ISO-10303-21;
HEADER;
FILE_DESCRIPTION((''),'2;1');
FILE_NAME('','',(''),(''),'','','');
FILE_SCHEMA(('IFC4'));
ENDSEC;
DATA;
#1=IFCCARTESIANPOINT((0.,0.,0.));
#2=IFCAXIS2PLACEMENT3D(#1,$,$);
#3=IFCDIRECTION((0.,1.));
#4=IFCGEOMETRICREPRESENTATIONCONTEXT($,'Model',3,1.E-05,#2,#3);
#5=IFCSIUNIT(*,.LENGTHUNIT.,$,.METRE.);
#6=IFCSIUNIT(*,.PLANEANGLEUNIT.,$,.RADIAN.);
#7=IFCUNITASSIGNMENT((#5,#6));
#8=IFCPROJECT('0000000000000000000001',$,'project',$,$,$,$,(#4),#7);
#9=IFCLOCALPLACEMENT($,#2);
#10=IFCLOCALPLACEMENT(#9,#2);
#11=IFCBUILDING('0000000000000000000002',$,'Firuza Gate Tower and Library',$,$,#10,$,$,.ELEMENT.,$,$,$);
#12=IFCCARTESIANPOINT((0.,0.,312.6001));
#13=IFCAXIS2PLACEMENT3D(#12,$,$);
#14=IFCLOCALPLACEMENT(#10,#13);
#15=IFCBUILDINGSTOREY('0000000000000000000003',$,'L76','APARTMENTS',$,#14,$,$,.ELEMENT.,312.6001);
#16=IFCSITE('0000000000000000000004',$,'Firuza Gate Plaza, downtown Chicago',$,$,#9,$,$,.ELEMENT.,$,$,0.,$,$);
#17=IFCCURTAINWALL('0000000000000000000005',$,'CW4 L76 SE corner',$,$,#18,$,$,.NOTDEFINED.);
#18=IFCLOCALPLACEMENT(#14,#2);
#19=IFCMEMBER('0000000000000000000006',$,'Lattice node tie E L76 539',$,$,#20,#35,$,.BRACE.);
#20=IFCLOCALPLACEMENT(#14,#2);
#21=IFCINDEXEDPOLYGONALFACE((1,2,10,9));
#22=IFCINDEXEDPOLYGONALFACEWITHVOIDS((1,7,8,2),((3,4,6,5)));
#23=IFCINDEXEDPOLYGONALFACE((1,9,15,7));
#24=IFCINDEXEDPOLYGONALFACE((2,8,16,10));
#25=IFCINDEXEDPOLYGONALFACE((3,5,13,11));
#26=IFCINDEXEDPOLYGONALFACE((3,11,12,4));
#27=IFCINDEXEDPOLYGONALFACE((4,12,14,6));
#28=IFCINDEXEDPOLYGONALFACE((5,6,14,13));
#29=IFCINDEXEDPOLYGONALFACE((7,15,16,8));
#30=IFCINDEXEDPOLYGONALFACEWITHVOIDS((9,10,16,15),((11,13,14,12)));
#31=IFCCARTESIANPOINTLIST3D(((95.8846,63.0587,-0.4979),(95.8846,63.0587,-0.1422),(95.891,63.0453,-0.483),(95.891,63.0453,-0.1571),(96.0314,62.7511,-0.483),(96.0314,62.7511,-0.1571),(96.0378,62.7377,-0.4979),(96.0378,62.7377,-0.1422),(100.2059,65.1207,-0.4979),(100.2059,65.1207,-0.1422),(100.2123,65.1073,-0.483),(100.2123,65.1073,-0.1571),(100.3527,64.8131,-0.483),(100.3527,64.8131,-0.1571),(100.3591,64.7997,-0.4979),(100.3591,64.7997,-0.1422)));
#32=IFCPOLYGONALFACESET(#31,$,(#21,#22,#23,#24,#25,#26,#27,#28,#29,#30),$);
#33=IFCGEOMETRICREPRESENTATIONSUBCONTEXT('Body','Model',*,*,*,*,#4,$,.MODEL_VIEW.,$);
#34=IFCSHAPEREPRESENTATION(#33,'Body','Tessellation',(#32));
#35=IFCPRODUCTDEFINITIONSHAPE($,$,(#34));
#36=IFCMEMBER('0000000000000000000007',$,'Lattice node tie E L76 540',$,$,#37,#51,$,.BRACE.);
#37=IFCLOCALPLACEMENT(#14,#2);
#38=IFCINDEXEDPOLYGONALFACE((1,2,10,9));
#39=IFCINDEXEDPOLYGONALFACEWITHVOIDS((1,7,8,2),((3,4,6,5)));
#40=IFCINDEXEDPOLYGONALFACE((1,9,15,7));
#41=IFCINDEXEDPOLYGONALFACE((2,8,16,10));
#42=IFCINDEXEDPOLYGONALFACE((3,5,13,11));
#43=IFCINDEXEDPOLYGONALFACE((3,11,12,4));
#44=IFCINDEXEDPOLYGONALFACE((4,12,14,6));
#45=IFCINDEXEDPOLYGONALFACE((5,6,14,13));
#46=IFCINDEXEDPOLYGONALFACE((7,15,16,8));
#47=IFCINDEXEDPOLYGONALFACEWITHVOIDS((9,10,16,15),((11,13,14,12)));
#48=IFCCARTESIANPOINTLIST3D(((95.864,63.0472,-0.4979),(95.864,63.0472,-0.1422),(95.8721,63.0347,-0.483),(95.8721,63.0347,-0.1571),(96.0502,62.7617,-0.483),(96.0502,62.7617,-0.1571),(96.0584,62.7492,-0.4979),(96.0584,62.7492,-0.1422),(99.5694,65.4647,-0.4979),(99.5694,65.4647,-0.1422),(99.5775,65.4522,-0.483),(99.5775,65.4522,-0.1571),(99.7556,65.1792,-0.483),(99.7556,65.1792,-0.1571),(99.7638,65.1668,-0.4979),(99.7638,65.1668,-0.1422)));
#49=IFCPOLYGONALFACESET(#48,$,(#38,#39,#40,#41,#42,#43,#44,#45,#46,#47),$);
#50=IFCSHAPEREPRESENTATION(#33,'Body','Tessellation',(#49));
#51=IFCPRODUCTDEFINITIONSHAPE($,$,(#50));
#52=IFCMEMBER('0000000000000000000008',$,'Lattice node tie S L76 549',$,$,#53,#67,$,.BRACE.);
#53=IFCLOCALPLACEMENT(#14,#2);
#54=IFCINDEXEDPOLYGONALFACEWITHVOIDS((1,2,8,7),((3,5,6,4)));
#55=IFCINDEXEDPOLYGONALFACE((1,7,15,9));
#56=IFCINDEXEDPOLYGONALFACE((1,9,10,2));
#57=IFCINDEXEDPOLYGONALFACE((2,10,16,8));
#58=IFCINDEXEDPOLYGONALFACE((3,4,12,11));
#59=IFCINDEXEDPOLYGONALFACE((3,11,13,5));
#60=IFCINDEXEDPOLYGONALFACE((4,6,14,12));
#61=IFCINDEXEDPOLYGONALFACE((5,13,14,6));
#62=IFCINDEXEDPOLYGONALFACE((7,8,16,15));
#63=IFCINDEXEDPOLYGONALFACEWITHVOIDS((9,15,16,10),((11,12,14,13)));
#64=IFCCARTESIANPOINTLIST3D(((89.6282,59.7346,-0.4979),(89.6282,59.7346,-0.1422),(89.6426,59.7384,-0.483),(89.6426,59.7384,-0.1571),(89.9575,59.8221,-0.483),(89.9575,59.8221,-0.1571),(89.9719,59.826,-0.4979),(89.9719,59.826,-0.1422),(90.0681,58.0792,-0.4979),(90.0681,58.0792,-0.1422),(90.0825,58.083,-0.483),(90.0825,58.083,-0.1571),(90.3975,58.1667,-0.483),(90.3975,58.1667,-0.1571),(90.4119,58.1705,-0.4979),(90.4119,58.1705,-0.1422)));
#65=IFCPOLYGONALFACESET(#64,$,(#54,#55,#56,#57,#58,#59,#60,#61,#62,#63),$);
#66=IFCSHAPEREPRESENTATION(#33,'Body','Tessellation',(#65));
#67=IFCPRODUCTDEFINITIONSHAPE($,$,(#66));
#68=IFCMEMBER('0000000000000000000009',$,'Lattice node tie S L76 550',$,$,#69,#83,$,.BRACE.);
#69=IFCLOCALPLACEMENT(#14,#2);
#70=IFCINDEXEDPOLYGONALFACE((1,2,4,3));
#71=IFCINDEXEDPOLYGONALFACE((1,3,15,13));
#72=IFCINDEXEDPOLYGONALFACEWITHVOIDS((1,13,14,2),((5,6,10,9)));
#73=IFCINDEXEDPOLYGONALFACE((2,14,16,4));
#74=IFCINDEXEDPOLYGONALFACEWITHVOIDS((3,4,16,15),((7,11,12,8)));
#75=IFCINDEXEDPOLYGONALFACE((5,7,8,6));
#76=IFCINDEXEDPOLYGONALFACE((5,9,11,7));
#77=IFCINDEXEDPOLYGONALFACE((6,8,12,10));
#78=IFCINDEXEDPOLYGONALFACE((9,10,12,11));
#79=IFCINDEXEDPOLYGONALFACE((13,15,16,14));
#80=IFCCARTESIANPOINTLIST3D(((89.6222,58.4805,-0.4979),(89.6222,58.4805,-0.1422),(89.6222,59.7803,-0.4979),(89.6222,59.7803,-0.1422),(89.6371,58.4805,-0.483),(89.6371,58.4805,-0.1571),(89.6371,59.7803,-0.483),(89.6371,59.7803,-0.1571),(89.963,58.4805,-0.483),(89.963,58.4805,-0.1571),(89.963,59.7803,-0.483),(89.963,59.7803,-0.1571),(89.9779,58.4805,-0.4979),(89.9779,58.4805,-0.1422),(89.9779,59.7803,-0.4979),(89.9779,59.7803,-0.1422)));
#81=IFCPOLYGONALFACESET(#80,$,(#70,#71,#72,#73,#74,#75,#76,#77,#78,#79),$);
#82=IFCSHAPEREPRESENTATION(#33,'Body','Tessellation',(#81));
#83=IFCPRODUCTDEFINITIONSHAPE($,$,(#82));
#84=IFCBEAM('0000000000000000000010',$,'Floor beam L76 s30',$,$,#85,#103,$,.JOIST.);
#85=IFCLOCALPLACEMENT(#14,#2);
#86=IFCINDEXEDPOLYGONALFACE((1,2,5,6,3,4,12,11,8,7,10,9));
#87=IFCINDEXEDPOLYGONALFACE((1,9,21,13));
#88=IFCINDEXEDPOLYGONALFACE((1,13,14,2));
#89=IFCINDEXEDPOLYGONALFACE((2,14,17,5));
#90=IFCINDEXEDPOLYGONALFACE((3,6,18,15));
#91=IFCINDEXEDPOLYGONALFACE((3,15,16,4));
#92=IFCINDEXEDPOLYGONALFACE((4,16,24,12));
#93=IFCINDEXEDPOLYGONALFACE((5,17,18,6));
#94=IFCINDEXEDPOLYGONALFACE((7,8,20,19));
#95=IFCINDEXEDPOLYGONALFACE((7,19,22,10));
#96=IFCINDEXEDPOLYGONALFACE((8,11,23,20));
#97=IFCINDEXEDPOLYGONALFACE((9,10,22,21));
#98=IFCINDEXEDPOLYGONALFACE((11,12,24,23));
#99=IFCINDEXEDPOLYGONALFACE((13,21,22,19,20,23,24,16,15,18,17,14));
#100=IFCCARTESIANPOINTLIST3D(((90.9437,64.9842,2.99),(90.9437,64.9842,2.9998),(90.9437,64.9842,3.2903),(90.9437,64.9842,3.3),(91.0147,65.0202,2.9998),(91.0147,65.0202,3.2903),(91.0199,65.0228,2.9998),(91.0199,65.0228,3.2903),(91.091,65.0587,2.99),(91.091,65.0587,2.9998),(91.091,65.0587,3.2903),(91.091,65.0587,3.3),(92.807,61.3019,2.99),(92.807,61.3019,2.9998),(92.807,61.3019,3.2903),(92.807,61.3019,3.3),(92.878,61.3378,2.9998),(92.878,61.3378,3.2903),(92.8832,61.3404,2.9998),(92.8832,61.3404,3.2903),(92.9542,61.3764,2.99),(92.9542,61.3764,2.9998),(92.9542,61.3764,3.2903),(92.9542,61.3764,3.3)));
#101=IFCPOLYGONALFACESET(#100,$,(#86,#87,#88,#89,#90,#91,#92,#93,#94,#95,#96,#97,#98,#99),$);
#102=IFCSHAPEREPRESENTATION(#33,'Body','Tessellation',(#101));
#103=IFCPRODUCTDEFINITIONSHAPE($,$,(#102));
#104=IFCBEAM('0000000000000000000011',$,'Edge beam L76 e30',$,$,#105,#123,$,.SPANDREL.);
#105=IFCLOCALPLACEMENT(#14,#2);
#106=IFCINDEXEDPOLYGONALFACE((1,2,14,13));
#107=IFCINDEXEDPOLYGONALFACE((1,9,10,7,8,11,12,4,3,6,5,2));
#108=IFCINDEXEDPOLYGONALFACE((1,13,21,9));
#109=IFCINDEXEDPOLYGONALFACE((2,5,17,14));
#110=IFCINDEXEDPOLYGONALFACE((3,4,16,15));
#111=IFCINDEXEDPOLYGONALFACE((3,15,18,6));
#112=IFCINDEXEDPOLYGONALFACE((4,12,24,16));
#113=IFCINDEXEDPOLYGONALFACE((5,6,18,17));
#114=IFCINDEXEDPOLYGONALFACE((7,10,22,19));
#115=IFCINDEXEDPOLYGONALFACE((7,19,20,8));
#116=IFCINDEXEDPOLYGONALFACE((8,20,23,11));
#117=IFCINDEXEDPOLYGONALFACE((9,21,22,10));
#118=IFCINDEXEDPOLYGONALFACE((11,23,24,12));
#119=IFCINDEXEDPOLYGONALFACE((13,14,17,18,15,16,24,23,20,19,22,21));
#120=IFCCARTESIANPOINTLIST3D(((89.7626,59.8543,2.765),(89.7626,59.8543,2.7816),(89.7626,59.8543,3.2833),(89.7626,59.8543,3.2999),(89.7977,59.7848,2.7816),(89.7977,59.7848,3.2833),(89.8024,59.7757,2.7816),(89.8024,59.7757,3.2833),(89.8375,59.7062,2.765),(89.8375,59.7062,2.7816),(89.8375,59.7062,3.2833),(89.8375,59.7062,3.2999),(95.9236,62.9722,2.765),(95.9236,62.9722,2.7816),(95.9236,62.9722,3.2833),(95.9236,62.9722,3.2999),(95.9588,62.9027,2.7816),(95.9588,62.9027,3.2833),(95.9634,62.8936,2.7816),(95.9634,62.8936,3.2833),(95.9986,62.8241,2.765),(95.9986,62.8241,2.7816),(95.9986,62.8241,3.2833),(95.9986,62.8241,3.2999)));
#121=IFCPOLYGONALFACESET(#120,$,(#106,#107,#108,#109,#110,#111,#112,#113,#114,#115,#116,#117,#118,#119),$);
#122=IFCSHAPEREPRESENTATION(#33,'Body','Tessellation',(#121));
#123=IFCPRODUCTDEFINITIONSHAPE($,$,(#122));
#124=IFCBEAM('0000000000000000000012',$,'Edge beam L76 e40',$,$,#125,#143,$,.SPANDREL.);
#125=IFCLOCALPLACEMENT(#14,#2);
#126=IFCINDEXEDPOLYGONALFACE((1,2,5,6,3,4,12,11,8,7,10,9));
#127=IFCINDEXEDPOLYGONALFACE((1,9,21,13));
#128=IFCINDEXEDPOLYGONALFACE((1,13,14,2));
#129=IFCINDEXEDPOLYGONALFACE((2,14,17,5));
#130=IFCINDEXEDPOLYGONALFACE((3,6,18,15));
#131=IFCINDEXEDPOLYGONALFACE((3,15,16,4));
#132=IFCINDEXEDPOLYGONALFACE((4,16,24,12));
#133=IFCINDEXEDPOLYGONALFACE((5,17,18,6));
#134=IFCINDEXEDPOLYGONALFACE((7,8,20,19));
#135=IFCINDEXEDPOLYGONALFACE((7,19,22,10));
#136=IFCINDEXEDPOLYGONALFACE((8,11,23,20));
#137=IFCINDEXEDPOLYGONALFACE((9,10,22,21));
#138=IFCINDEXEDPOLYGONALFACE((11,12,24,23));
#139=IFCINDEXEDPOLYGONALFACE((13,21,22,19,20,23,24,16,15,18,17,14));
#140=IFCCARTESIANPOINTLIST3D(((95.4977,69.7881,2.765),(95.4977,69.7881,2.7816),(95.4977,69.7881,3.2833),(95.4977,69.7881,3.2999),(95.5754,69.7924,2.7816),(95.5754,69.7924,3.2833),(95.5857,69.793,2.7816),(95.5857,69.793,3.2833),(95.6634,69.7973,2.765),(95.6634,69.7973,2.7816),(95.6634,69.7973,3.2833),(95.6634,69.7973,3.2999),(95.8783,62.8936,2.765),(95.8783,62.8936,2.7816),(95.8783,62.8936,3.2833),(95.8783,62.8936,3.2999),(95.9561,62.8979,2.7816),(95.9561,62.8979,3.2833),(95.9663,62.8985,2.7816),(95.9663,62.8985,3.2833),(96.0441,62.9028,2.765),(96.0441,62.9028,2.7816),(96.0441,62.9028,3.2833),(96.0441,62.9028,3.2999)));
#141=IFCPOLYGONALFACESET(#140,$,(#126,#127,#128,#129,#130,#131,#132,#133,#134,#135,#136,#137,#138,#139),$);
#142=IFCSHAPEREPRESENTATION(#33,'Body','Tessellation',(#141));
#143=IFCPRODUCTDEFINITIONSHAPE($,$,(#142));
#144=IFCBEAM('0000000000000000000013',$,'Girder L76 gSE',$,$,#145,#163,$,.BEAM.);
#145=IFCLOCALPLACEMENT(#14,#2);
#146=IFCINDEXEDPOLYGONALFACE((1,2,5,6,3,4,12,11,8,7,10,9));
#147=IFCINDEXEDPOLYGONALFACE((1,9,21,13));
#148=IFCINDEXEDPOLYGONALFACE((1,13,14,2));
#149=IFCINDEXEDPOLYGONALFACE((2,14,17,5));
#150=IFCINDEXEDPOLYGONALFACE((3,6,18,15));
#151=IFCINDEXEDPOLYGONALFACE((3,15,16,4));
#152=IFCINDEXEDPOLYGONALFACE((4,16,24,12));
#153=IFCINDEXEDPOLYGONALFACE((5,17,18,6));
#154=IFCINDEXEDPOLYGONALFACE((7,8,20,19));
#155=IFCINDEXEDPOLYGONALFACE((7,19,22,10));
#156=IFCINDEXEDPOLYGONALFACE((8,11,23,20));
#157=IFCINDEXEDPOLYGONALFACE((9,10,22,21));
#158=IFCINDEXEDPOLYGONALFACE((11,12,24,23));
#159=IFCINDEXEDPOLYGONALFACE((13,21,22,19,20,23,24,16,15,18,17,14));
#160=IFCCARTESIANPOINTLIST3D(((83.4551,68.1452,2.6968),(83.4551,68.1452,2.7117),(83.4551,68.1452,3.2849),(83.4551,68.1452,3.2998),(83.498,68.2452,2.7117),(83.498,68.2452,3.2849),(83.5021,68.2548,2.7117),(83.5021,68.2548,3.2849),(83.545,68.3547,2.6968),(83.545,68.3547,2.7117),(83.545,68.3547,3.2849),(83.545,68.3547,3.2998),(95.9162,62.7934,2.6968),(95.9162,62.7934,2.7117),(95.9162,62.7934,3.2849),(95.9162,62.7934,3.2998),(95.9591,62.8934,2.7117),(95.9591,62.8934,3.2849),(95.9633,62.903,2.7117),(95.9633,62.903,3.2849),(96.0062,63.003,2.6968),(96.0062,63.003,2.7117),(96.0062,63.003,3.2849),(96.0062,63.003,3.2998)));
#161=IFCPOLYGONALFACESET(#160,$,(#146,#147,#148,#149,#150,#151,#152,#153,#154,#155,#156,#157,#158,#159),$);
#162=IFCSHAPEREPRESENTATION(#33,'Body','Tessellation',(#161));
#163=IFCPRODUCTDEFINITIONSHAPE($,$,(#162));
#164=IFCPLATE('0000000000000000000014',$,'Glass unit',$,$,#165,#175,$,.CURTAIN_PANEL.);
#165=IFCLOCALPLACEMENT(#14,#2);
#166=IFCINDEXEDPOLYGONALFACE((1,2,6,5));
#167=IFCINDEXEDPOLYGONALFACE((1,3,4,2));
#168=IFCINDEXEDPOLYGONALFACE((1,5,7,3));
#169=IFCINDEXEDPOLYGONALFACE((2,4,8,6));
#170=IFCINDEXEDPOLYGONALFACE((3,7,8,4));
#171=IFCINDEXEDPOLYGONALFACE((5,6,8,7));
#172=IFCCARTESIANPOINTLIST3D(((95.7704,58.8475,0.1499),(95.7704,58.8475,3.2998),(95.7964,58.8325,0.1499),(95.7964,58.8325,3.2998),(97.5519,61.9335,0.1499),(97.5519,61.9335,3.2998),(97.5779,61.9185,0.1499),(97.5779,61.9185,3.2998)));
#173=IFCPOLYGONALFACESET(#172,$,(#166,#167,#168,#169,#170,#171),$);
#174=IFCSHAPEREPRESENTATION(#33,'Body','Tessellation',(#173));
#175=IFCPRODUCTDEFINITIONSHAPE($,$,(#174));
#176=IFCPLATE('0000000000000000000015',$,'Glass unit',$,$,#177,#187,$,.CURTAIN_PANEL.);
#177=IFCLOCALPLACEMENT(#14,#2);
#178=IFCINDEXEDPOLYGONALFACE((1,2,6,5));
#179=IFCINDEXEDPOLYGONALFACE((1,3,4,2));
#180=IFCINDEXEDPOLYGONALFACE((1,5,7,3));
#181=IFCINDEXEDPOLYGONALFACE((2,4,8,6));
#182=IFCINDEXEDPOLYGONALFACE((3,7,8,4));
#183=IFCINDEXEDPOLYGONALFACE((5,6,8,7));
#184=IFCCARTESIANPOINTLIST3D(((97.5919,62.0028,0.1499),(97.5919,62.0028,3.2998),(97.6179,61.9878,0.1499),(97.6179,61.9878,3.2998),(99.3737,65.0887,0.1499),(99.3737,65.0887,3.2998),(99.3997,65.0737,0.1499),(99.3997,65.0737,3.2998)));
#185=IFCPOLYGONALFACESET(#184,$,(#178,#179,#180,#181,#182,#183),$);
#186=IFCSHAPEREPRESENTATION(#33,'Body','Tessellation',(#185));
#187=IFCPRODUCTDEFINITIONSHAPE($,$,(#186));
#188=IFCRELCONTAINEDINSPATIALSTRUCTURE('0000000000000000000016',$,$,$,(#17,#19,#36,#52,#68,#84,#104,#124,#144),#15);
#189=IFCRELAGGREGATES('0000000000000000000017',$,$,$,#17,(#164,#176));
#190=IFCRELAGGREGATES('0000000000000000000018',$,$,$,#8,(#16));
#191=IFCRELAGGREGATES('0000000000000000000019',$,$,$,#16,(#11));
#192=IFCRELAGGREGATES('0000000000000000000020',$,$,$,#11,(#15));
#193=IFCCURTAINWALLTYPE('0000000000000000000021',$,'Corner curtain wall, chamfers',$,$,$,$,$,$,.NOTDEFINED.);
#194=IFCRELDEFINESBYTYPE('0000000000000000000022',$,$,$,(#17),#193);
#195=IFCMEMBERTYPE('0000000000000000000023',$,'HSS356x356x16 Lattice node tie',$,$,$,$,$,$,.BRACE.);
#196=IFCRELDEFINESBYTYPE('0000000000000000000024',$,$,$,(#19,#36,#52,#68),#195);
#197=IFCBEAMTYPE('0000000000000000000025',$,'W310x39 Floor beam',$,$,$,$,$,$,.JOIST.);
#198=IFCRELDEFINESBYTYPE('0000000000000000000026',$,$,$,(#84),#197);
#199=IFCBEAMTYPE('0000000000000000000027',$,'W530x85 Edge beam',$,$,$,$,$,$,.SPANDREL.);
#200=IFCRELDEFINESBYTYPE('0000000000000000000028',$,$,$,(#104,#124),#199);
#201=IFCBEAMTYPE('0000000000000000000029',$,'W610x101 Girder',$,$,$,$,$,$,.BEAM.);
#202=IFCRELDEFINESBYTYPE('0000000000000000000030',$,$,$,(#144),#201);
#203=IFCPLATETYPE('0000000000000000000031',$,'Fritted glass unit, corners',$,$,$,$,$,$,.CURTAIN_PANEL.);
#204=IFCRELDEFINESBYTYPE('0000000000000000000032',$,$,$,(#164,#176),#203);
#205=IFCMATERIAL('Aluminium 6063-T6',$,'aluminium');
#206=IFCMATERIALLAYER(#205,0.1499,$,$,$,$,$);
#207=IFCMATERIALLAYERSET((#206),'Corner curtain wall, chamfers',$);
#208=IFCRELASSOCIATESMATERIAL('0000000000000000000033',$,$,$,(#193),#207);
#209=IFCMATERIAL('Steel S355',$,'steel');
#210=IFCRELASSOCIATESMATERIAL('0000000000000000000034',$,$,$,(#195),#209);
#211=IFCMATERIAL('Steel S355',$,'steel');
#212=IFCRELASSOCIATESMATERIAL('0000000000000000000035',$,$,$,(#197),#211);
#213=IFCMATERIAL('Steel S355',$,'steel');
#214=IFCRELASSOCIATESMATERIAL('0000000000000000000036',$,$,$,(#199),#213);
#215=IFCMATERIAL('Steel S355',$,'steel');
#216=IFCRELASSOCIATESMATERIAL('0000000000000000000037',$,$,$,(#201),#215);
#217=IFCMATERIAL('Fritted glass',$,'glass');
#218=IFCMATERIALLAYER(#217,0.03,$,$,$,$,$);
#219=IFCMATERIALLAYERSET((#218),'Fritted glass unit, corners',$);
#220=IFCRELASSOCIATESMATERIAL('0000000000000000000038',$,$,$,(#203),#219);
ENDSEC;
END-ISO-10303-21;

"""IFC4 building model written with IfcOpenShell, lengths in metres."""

from ifc_helpers import new_model, si_unit, direction, frame, origin, origin_2d, place, context, subcontext, project, spatial, polyline, hollow_rectangle, i_section, outline, extrude, material, layer, layer_set, material_profile, profile_set, type_object, element, aggregate, save


model = new_model("IFC4")

# Units and contexts
model_context = context("Model", 3, precision=1e-05, world=origin(), true_north=direction((0.0, 1.0)))
body_context = subcontext(model_context, "Body", "Model", "MODEL_VIEW")
ifc_project = project(units=[si_unit("LENGTHUNIT", "METRE"), si_unit("PLANEANGLEUNIT", "RADIAN")], contexts=[model_context])

# Site, building, storey
site_placement = place(None, origin())
site = spatial("IfcSite", under=ifc_project, at=site_placement, Name="Firuza Gate Plaza, downtown Chicago", CompositionType="ELEMENT", RefElevation=0.0)
building_placement = place(site_placement, origin())
building = spatial("IfcBuilding", under=site, at=building_placement, Name="Firuza Gate Tower and Library", CompositionType="ELEMENT")
storey_placement = place(building_placement, frame((0.0, 0.0, 312.6001)))
storey = spatial("IfcBuildingStorey", under=building, at=storey_placement, Name="L76", Description="APARTMENTS", CompositionType="ELEMENT", Elevation=312.6001)

# Curtain wall
placement = place(storey_placement, origin())
ifc_material_1 = material(Name="Aluminium 6063-T6", Category="aluminium")
ifc_layer_1 = layer(ifc_material_1, 0.1499)
ifc_layer_set_1 = layer_set([ifc_layer_1], Name="Corner curtain wall, chamfers")
curtain_wall_type_1 = type_object("IfcCurtainWallType", Name="Corner curtain wall, chamfers", PredefinedType="NOTDEFINED", material=ifc_layer_set_1)
curtain_wall_1 = element("IfcCurtainWall", 1, at=placement, inside=storey, type_object=curtain_wall_type_1, Name="CW4 L76 SE corner", PredefinedType="NOTDEFINED")

# Members
ifc_material_2 = material(Name="Steel S355", Category="steel")
ifc_material_profile_1 = material_profile(ifc_material_2, hollow_rectangle(XDim=0.3557, YDim=0.3557, WallThickness=0.0149, at=origin_2d()))
ifc_profile_set_1 = profile_set([ifc_material_profile_1], Name="Steel S355")
member_type_1 = type_object("IfcMemberType", Name="HSS356x356x16 Lattice node tie", PredefinedType="BRACE", material=ifc_profile_set_1)
member_1_placement = place(storey_placement, frame((95.9612, 62.8982, -0.3201), z_axis=(0.902515, 0.430658, 0.0), x_axis=(-0.430658, 0.902515, 0.0)))
element("IfcMember", 2, at=member_1_placement, inside=storey, type_object=member_type_1, Name="Lattice node tie E L76 539", PredefinedType="BRACE", context=body_context, shape_type="SweptSolid", body=[
    extrude(hollow_rectangle(XDim=0.3557, YDim=0.3557, WallThickness=0.0149, at=origin_2d()), origin(), (0.0, 0.0, 1.0), 4.7881),
])
member_2_placement = place(storey_placement, frame((95.9612, 62.8982, -0.3201), z_axis=(0.837511, 0.546421, 0.0), x_axis=(-0.546421, 0.837511, 0.0)))
element("IfcMember", 3, at=member_2_placement, inside=storey, type_object=member_type_1, Name="Lattice node tie E L76 540", PredefinedType="BRACE", context=body_context, shape_type="SweptSolid", body=[
    extrude(hollow_rectangle(XDim=0.3557, YDim=0.3557, WallThickness=0.0149, at=origin_2d()), origin(), (0.0, 0.0, 1.0), 4.4243),
])
member_3_placement = place(storey_placement, frame((89.8, 59.7803, -0.3201), z_axis=(0.256829, -0.966457, 0.0), x_axis=(0.966457, 0.256829, 0.0)))
element("IfcMember", 4, at=member_3_placement, inside=storey, type_object=member_type_1, Name="Lattice node tie S L76 549", PredefinedType="BRACE", context=body_context, shape_type="SweptSolid", body=[
    extrude(hollow_rectangle(XDim=0.3557, YDim=0.3557, WallThickness=0.0149, at=origin_2d()), origin(), (0.0, 0.0, 1.0), 1.7129),
])
member_4_placement = place(storey_placement, frame((89.8, 59.7803, -0.3201), z_axis=(0.0, -1.0, 0.0), x_axis=(1.0, 0.0, 0.0)))
element("IfcMember", 5, at=member_4_placement, inside=storey, type_object=member_type_1, Name="Lattice node tie S L76 550", PredefinedType="BRACE", context=body_context, shape_type="SweptSolid", body=[
    extrude(hollow_rectangle(XDim=0.3557, YDim=0.3557, WallThickness=0.0149, at=origin_2d()), origin(), (0.0, 0.0, 1.0), 1.2998),
])

# Beams
ifc_material_3 = material(Name="Steel S355", Category="steel")
ifc_material_profile_2 = material_profile(ifc_material_3, i_section(OverallWidth=0.165, OverallDepth=0.3101, WebThickness=0.0059, FlangeThickness=0.0098, at=origin_2d()))
ifc_profile_set_2 = profile_set([ifc_material_profile_2], Name="Steel S355")
beam_type_1 = type_object("IfcBeamType", Name="W310x39 Floor beam", PredefinedType="JOIST", material=ifc_profile_set_2)
beam_1_placement = place(storey_placement, frame((92.8806, 61.3391, 3.145), z_axis=(-0.451491, 0.892275, 0.0), x_axis=(-0.892275, -0.451491, 0.0)))
element("IfcBeam", 6, at=beam_1_placement, inside=storey, type_object=beam_type_1, Name="Floor beam L76 s30", PredefinedType="JOIST", context=body_context, shape_type="SweptSolid", body=[
    extrude(i_section(OverallWidth=0.165, OverallDepth=0.3101, WebThickness=0.0059, FlangeThickness=0.0098, at=origin_2d()), origin(), (0.0, 0.0, 1.0), 4.127),
])
ifc_material_4 = material(Name="Steel S355", Category="steel")
ifc_material_profile_3 = material_profile(ifc_material_4, i_section(OverallWidth=0.166, OverallDepth=0.5349, WebThickness=0.0103, FlangeThickness=0.0166, at=origin_2d()))
ifc_profile_set_3 = profile_set([ifc_material_profile_3], Name="Steel S355")
beam_type_2 = type_object("IfcBeamType", Name="W530x85 Edge beam", PredefinedType="SPANDREL", material=ifc_profile_set_3)
for number, where, z_axis, x_axis, name in (
    (7, (89.8, 59.7803, 3.0325), (0.892253, 0.451536, 0.0), (-0.451536, 0.892253, 0.0), "Edge beam L76 e30"),
    (8, (95.9612, 62.8982, 3.0325), (-0.055121, 0.99848, 0.0), (-0.99848, -0.055121, 0.0), "Edge beam L76 e40"),
):
    element("IfcBeam", number, at=place(storey_placement, frame(where, z_axis=z_axis, x_axis=x_axis)), inside=storey, type_object=beam_type_2, Name=name, PredefinedType="SPANDREL", context=body_context, shape_type="SweptSolid", body=[
        extrude(i_section(OverallWidth=0.166, OverallDepth=0.5349, WebThickness=0.0103, FlangeThickness=0.0166, at=origin_2d()), origin(), (0.0, 0.0, 1.0), 6.905),
    ])
ifc_material_5 = material(Name="Steel S355", Category="steel")
ifc_material_profile_4 = material_profile(ifc_material_5, i_section(OverallWidth=0.228, OverallDepth=0.603, WebThickness=0.0105, FlangeThickness=0.0149, at=origin_2d()))
ifc_profile_set_4 = profile_set([ifc_material_profile_4], Name="Steel S355")
beam_type_3 = type_object("IfcBeamType", Name="W610x101 Girder", PredefinedType="BEAM", material=ifc_profile_set_4)
beam_2_placement = place(storey_placement, frame((95.9612, 62.8982, 2.9983), z_axis=(-0.918843, 0.394623, 0.0), x_axis=(-0.394623, -0.918843, 0.0)))
element("IfcBeam", 9, at=beam_2_placement, inside=storey, type_object=beam_type_3, Name="Girder L76 gSE", PredefinedType="BEAM", context=body_context, shape_type="SweptSolid", body=[
    extrude(i_section(OverallWidth=0.228, OverallDepth=0.603, WebThickness=0.0105, FlangeThickness=0.0149, at=origin_2d()), origin(), (0.0, 0.0, 1.0), 13.5618),
])

# Plates
ifc_material_6 = material(Name="Fritted glass", Category="glass")
ifc_layer_2 = layer(ifc_material_6, 0.03)
ifc_layer_set_2 = layer_set([ifc_layer_2], Name="Fritted glass unit, corners")
plate_type_1 = type_object("IfcPlateType", Name="Fritted glass unit, corners", PredefinedType="CURTAIN_PANEL", material=ifc_layer_set_2)
plate_1_placement = place(storey_placement, frame((95.7964, 58.8325, 0.1499), z_axis=(0.866046, -0.499964, 0.0), x_axis=(0.499964, 0.866046, 0.0)))
plate_1 = element("IfcPlate", 10, at=plate_1_placement, type_object=plate_type_1, Name="Glass unit", PredefinedType="CURTAIN_PANEL", context=body_context, shape_type="SweptSolid", body=[
    extrude(outline(polyline([(0.0, 0.0), (3.5632, 0.0), (3.5632, 3.1499), (0.0, 3.1499), (0.0, 0.0)])), origin(), (0.0, 0.0, -1.0), 0.03),
])
plate_2_placement = place(storey_placement, frame((97.6179, 61.9878, 0.1499), z_axis=(0.866017, -0.500015, 0.0), x_axis=(0.500015, 0.866017, 0.0)))
plate_2 = element("IfcPlate", 11, at=plate_2_placement, type_object=plate_type_1, Name="Glass unit", PredefinedType="CURTAIN_PANEL", context=body_context, shape_type="SweptSolid", body=[
    extrude(outline(polyline([(0.0, 0.0), (3.5634, 0.0), (3.5634, 3.1499), (0.0, 3.1499), (0.0, 0.0)])), origin(), (0.0, 0.0, -1.0), 0.03),
])
aggregate(curtain_wall_1, [plate_1, plate_2])

save(model, "model.ifc")
